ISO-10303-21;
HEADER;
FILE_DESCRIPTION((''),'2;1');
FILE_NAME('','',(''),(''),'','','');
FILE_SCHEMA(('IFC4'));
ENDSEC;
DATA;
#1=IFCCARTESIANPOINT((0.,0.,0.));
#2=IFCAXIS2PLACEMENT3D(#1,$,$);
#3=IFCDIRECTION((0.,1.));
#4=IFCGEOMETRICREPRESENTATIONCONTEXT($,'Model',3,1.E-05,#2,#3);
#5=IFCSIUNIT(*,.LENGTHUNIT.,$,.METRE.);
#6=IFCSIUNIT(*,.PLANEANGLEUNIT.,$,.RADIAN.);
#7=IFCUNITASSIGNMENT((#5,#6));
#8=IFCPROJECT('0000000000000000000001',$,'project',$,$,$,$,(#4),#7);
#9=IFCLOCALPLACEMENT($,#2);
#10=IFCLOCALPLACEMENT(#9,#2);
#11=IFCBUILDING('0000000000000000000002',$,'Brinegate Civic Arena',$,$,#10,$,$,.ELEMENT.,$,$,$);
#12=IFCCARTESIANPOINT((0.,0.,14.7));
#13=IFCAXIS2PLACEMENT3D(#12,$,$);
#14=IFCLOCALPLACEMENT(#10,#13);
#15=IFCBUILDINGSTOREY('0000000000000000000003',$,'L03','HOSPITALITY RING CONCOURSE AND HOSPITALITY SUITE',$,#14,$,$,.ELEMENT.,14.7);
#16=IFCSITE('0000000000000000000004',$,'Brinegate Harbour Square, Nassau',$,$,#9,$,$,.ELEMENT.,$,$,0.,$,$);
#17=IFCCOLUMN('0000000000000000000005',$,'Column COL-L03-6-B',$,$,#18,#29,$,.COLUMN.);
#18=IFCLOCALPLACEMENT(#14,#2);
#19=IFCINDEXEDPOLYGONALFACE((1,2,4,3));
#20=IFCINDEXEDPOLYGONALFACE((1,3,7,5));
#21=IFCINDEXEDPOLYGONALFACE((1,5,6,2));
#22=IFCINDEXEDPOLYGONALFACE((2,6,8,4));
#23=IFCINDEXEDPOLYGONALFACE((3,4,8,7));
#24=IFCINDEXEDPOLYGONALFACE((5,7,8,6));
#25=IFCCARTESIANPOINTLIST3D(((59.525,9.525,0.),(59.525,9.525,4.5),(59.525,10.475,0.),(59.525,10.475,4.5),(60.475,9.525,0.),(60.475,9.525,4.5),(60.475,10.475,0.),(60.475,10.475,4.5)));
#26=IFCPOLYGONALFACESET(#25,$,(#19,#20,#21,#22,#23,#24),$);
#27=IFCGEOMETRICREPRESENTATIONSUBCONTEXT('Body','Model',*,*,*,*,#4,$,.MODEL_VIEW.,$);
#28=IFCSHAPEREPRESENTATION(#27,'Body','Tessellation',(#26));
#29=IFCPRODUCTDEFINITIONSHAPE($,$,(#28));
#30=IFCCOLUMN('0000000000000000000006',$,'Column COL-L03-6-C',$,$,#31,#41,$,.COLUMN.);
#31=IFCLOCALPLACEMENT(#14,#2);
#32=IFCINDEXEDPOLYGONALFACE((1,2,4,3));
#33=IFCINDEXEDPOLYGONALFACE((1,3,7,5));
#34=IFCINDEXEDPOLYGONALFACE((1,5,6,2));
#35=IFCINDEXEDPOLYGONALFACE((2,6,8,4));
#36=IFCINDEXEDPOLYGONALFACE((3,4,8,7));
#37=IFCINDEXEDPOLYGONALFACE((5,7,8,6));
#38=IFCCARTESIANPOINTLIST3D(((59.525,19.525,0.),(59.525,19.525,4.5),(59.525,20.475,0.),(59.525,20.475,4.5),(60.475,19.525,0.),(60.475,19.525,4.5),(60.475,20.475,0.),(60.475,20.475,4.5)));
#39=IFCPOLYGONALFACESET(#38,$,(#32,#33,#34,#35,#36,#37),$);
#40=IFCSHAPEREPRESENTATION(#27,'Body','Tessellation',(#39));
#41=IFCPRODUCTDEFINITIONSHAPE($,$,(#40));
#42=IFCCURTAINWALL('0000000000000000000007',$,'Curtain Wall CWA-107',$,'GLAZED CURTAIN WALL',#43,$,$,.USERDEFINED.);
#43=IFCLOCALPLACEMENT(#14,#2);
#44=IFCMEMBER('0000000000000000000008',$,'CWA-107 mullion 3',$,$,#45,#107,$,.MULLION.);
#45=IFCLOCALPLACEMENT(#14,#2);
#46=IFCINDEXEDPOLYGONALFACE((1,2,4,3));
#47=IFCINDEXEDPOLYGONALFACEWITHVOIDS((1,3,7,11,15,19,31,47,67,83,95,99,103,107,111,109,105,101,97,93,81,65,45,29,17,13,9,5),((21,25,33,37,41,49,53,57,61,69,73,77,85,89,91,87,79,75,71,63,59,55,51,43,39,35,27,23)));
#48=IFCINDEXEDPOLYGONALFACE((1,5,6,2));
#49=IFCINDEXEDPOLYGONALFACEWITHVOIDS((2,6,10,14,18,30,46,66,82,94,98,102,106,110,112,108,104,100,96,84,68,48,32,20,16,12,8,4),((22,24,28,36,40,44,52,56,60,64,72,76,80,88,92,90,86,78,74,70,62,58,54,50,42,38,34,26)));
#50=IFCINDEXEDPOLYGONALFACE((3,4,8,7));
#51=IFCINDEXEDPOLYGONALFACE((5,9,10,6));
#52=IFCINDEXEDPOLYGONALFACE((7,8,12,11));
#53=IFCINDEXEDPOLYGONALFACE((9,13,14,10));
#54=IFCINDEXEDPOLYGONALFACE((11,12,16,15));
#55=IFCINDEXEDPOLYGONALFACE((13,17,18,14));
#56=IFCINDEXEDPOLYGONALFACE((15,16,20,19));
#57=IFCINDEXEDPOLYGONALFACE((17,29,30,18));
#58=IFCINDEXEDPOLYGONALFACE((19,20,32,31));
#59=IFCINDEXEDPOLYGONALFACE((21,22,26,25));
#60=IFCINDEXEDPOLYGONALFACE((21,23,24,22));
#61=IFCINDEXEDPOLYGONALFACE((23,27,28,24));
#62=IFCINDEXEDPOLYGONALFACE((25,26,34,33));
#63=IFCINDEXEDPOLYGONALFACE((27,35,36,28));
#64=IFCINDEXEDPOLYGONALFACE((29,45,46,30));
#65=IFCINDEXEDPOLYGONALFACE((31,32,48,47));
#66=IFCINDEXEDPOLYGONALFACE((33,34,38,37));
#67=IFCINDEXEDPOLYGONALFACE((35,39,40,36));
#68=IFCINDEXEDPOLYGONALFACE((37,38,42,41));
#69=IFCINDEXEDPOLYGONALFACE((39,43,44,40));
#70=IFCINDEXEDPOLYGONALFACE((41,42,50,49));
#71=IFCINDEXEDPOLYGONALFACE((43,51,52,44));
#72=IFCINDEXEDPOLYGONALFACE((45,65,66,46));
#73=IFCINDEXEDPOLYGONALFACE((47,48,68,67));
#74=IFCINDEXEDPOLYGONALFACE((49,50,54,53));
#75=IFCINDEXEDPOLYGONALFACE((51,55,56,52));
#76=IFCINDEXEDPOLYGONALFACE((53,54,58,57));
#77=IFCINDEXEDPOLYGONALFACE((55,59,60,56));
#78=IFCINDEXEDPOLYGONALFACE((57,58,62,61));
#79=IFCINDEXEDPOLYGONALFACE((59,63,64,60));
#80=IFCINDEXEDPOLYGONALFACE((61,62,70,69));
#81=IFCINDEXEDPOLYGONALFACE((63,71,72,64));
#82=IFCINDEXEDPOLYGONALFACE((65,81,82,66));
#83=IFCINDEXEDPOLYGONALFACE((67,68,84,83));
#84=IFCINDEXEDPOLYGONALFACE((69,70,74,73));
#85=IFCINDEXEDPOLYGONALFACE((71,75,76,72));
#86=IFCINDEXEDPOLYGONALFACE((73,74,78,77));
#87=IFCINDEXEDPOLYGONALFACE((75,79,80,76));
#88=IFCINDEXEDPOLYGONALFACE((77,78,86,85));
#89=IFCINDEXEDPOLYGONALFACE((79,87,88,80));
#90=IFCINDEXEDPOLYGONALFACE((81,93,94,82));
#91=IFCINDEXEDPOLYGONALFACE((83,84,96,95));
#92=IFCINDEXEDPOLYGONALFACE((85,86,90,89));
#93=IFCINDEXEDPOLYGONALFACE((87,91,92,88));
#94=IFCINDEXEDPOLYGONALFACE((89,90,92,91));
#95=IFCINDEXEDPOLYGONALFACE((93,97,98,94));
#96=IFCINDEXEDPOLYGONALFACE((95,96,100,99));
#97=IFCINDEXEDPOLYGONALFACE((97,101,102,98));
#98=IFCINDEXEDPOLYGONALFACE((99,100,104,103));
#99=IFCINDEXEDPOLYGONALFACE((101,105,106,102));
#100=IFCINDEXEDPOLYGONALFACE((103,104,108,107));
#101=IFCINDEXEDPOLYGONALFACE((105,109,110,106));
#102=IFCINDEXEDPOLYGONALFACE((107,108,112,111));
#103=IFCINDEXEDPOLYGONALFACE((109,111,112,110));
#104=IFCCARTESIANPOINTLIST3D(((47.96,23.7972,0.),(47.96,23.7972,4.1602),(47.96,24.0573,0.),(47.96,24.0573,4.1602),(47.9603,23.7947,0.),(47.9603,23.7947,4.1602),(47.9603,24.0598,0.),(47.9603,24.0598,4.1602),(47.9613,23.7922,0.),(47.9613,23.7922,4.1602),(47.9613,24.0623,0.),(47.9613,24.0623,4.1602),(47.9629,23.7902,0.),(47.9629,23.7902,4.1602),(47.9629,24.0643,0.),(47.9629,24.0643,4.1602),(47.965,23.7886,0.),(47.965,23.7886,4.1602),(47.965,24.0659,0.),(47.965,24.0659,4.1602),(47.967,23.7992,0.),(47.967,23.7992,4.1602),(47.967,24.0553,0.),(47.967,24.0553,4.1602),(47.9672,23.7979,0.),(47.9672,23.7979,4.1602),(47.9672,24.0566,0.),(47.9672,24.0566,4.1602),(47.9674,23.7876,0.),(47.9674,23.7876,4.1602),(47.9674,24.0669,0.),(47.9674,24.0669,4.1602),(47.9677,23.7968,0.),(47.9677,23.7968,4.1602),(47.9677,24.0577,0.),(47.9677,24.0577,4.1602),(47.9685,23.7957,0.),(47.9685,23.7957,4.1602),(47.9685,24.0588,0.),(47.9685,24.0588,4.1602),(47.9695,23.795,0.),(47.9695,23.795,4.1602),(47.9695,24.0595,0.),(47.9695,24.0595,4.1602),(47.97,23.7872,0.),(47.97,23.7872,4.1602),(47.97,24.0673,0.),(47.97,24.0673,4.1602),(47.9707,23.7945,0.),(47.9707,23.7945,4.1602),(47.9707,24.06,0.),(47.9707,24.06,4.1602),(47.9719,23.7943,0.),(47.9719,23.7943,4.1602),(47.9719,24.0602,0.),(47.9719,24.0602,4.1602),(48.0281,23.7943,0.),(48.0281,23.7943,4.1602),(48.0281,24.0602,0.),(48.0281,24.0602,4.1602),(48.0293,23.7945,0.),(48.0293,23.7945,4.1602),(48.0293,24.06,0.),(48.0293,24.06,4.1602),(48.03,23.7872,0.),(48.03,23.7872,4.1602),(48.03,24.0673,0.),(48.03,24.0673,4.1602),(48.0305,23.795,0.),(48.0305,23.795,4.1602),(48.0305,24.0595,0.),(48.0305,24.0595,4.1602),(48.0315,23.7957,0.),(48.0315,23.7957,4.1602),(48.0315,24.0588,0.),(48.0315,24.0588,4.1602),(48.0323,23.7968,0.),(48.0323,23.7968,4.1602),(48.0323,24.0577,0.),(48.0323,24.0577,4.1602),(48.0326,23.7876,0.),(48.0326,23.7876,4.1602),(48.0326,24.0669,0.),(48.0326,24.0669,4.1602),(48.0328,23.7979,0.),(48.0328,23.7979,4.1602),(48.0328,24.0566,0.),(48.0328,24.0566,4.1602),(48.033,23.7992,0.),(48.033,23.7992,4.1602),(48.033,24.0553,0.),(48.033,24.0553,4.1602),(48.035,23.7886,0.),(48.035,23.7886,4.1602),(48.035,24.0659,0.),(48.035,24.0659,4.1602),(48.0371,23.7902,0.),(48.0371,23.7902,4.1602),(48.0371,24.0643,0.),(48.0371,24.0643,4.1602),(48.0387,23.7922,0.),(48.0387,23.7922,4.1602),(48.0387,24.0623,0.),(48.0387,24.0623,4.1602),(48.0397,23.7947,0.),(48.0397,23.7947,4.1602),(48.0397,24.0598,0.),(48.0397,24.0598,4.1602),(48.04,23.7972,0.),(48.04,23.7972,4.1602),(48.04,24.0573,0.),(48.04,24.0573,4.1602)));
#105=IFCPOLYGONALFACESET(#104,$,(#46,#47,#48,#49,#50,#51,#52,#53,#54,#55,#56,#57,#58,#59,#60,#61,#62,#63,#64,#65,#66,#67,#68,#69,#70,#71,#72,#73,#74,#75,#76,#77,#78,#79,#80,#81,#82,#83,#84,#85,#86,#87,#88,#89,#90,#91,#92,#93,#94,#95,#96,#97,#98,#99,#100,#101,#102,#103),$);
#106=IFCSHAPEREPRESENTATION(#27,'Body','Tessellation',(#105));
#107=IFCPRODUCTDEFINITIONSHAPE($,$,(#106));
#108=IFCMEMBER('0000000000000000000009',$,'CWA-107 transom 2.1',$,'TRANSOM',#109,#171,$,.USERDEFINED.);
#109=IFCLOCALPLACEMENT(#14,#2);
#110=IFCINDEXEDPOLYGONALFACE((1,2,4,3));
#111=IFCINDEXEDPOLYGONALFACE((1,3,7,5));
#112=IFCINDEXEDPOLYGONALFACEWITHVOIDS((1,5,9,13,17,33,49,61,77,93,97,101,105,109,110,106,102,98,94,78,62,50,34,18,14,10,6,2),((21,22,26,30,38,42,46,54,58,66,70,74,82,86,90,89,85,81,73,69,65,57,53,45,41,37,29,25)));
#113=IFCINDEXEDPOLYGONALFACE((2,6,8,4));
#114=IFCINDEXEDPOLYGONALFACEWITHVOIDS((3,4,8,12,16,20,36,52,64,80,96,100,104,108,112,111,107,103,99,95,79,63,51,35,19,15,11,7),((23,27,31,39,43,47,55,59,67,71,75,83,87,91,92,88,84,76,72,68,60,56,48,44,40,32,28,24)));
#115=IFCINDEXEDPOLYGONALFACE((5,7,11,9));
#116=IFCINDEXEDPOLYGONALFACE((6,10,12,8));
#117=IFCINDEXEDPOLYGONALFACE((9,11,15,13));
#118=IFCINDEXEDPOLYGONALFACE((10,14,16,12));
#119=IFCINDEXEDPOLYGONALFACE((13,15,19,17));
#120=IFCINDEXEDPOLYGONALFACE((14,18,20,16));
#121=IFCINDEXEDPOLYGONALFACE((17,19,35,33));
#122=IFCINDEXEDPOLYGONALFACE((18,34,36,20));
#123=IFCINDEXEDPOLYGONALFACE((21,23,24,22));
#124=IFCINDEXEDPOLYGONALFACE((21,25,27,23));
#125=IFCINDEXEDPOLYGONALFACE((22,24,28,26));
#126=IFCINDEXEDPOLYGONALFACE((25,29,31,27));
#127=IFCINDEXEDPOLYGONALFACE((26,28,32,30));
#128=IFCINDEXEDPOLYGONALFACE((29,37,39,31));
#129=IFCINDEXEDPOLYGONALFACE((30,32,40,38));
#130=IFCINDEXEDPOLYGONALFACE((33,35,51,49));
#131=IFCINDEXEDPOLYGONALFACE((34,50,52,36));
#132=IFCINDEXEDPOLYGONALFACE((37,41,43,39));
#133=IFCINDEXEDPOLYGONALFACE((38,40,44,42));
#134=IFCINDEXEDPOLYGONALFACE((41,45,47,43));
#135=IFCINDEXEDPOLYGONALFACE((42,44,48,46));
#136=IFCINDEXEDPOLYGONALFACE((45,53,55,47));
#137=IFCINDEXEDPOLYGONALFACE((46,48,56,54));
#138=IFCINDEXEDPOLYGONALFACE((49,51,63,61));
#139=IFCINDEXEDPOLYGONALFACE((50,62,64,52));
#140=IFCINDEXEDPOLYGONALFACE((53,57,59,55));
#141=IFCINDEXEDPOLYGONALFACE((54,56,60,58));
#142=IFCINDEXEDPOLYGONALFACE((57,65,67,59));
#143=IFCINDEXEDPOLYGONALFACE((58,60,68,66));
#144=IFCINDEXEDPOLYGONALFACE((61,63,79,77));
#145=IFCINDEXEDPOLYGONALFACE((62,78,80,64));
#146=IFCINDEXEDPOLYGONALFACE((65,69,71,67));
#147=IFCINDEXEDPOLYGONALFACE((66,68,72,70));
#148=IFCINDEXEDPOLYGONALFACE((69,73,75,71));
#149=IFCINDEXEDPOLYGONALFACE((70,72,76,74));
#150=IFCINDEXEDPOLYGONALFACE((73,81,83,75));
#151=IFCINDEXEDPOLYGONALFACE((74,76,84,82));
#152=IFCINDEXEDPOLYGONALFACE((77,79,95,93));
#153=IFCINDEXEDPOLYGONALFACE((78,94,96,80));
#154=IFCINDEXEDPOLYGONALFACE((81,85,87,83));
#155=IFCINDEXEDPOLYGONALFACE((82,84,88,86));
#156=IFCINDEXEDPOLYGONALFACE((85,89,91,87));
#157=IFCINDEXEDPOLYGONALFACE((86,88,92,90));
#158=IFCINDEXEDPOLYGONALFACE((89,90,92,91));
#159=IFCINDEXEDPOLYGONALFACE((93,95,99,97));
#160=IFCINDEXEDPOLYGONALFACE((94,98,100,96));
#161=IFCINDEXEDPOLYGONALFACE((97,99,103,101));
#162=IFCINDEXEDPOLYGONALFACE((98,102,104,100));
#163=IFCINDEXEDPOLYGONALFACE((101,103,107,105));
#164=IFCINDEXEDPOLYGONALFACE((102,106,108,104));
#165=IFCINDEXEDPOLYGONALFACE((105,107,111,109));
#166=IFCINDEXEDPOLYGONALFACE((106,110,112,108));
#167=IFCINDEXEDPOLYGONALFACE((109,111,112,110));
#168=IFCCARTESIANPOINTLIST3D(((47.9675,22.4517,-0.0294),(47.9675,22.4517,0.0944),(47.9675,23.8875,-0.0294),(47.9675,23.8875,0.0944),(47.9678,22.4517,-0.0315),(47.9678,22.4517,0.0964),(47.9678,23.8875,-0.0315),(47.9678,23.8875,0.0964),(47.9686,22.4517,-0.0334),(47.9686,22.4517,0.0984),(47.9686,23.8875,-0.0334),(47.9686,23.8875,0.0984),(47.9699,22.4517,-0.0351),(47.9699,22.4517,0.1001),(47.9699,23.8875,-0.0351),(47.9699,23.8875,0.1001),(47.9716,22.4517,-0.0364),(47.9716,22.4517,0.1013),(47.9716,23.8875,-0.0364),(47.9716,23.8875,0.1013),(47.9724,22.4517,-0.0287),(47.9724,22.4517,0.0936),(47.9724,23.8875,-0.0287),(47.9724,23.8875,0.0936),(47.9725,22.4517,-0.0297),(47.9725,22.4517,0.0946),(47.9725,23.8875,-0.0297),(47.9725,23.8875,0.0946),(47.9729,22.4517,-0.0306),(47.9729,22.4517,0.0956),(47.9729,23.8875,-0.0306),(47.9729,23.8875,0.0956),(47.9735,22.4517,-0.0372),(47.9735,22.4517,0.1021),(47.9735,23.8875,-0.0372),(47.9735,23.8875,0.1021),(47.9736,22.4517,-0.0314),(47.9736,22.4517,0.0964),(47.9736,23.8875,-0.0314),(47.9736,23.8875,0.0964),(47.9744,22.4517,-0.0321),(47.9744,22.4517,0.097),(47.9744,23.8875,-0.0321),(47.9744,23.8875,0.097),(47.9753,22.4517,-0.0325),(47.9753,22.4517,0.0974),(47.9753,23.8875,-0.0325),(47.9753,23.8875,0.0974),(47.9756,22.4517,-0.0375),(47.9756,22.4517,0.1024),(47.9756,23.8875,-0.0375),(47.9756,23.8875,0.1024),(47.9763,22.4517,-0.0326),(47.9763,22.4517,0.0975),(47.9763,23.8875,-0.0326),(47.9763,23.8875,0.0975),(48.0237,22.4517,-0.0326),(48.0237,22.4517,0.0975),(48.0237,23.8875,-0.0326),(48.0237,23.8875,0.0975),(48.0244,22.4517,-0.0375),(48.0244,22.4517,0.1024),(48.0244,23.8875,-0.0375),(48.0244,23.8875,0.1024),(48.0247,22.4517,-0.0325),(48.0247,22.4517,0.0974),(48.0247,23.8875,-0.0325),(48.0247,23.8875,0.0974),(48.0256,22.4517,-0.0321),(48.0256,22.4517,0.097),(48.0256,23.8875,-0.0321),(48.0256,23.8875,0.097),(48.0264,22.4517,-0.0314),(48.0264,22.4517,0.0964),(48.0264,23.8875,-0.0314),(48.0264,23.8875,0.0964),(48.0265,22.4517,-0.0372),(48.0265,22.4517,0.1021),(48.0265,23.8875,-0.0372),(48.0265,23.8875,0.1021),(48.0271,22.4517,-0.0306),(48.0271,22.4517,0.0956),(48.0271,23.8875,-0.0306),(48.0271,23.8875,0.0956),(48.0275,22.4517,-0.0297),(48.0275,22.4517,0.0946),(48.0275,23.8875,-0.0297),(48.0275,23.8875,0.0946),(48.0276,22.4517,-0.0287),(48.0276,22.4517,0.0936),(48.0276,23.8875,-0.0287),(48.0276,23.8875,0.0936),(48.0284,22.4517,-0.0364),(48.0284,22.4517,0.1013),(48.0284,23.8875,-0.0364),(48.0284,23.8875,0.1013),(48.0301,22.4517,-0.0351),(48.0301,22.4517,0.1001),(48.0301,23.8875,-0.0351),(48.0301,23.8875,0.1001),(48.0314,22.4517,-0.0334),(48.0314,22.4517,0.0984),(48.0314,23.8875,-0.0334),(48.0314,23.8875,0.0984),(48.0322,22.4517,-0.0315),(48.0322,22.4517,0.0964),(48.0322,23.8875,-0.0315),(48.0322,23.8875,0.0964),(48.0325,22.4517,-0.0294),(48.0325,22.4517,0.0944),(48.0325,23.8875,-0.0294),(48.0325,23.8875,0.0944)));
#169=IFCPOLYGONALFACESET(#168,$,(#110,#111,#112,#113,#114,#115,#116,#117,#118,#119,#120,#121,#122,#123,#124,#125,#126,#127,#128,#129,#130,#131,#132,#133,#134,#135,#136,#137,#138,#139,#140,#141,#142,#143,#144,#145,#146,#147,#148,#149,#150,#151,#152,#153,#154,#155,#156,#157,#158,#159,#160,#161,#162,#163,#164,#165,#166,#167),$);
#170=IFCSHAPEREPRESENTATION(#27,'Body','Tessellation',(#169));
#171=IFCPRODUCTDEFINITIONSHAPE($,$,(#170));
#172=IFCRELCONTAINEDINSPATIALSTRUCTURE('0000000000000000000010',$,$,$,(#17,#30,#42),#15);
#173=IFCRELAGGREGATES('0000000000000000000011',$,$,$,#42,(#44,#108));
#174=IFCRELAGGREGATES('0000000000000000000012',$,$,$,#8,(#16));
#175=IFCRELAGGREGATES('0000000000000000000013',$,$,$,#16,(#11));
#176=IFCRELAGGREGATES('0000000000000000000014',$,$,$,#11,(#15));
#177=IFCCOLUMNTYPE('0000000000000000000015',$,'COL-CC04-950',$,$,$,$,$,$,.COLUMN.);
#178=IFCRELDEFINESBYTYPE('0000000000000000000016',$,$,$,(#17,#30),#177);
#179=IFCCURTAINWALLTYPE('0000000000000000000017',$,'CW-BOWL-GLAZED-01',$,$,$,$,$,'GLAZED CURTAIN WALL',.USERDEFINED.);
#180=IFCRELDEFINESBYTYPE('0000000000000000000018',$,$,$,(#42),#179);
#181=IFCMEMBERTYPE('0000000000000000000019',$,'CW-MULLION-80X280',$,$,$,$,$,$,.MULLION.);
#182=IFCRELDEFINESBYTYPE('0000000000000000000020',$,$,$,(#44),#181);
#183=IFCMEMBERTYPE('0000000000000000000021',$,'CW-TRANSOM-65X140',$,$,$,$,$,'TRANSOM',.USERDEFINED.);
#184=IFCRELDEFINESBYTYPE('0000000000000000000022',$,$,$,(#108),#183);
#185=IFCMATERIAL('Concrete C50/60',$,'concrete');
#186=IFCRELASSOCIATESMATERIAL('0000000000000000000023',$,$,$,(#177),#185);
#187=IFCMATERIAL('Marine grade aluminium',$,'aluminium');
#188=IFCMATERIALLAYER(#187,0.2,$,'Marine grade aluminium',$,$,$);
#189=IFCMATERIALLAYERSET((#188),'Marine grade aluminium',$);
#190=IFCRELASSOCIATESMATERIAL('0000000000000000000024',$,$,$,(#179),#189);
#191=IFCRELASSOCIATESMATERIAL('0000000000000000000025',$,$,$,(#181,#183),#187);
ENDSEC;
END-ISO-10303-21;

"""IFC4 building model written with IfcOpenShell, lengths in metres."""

from ifc_helpers import new_model, si_unit, direction, frame, origin, origin_2d, place, context, subcontext, project, spatial, rectangle, hollow_rectangle, extrude, material, layer, layer_set, material_profile, profile_set, type_object, element, aggregate, save


model = new_model("IFC4")

# Units and contexts
model_context = context("Model", 3, precision=1e-05, world=origin(), true_north=direction((0.0, 1.0)))
body_context = subcontext(model_context, "Body", "Model", "MODEL_VIEW")
ifc_project = project(units=[si_unit("LENGTHUNIT", "METRE"), si_unit("PLANEANGLEUNIT", "RADIAN")], contexts=[model_context])

# Site, building, storey
site_placement = place(None, origin())
site = spatial("IfcSite", under=ifc_project, at=site_placement, Name="Brinegate Harbour Square, Nassau", CompositionType="ELEMENT", RefElevation=0.0)
building_placement = place(site_placement, origin())
building = spatial("IfcBuilding", under=site, at=building_placement, Name="Brinegate Civic Arena", CompositionType="ELEMENT")
storey_placement = place(building_placement, frame((0.0, 0.0, 14.7)))
storey = spatial("IfcBuildingStorey", under=building, at=storey_placement, Name="L03", Description="HOSPITALITY RING CONCOURSE AND HOSPITALITY SUITE", CompositionType="ELEMENT", Elevation=14.7)

# Columns
ifc_material_1 = material(Name="Concrete C50/60", Category="concrete")
ifc_material_profile_1 = material_profile(ifc_material_1, rectangle(XDim=0.95, YDim=0.95, at=origin_2d()), Name="RC950X950")
ifc_profile_set_1 = profile_set([ifc_material_profile_1], Name="Concrete C50/60")
column_type = type_object("IfcColumnType", Name="COL-CC04-950", PredefinedType="COLUMN", material=ifc_profile_set_1)
for number, where, z_axis, x_axis, name in (
    (1, (60.0, 10.0, 0.0), (0.0, 0.0, 1.0), (1.0, 0.0, 0.0), "Column COL-L03-6-B"),
    (2, (60.0, 20.0, 0.0), (0.0, 0.0, 1.0), (1.0, 0.0, 0.0), "Column COL-L03-6-C"),
):
    element("IfcColumn", number, at=place(storey_placement, frame(where, z_axis=z_axis, x_axis=x_axis)), inside=storey, type_object=column_type, Name=name, PredefinedType="COLUMN", context=body_context, shape_type="SweptSolid", body=[
        extrude(rectangle(XDim=0.95, YDim=0.95, at=origin_2d()), origin(), (0.0, 0.0, 1.0), 4.5),
    ])

# Curtain wall, members
ifc_material_2 = material(Name="Marine grade aluminium", Category="aluminium")
ifc_layer_1 = layer(ifc_material_2, 0.2, Name="Marine grade aluminium")
ifc_layer_set_1 = layer_set([ifc_layer_1], Name="Marine grade aluminium")
curtain_wall_type = type_object("IfcCurtainWallType", Name="CW-BOWL-GLAZED-01", ElementType="GLAZED CURTAIN WALL", PredefinedType="USERDEFINED", material=ifc_layer_set_1)
curtain_wall_placement = place(storey_placement, origin())
curtain_wall = element("IfcCurtainWall", 3, at=curtain_wall_placement, inside=storey, type_object=curtain_wall_type, Name="Curtain Wall CWA-107", ObjectType="GLAZED CURTAIN WALL", PredefinedType="USERDEFINED")
ifc_material_profile_2 = material_profile(ifc_material_2, hollow_rectangle(XDim=0.0801, YDim=0.28, WallThickness=0.0071, InnerFilletRadius=0.0049, OuterFilletRadius=0.01, at=origin_2d()), Name="MUL80X280")
ifc_profile_set_2 = profile_set([ifc_material_profile_2], Name="Marine grade aluminium")
member_type_1 = type_object("IfcMemberType", Name="CW-MULLION-80X280", PredefinedType="MULLION", material=ifc_profile_set_2)
member_1_placement = place(storey_placement, frame((48.0, 23.9272, 0.0), z_axis=(0.0, 0.0, 1.0), x_axis=(-1.0, 0.0, 0.0)))
member_1 = element("IfcMember", 4, at=member_1_placement, type_object=member_type_1, Name="CWA-107 mullion 3", PredefinedType="MULLION", context=body_context, shape_type="SweptSolid", body=[
    extrude(hollow_rectangle(XDim=0.0801, YDim=0.28, WallThickness=0.0071, InnerFilletRadius=0.0049, OuterFilletRadius=0.01, at=origin_2d()), origin(), (0.0, 0.0, 1.0), 4.1602),
])
ifc_material_profile_3 = material_profile(ifc_material_2, hollow_rectangle(XDim=0.0649, YDim=0.1399, WallThickness=0.0049, InnerFilletRadius=0.0039, OuterFilletRadius=0.0081, at=origin_2d()), Name="TRN65X140")
ifc_profile_set_3 = profile_set([ifc_material_profile_3], Name="Marine grade aluminium")
member_type_2 = type_object("IfcMemberType", Name="CW-TRANSOM-65X140", ElementType="TRANSOM", PredefinedType="USERDEFINED", material=ifc_profile_set_3)
member_2_placement = place(storey_placement, frame((48.0, 22.4517, 0.0325), z_axis=(0.0, 1.0, 0.0), x_axis=(-1.0, 0.0, 0.0)))
member_2 = element("IfcMember", 5, at=member_2_placement, type_object=member_type_2, Name="CWA-107 transom 2.1", ObjectType="TRANSOM", PredefinedType="USERDEFINED", context=body_context, shape_type="SweptSolid", body=[
    extrude(hollow_rectangle(XDim=0.0649, YDim=0.1399, WallThickness=0.0049, InnerFilletRadius=0.0039, OuterFilletRadius=0.0081, at=origin_2d()), origin(), (0.0, 0.0, 1.0), 1.4358),
])

aggregate(curtain_wall, [member_1, member_2])

save(model, "model.ifc")
